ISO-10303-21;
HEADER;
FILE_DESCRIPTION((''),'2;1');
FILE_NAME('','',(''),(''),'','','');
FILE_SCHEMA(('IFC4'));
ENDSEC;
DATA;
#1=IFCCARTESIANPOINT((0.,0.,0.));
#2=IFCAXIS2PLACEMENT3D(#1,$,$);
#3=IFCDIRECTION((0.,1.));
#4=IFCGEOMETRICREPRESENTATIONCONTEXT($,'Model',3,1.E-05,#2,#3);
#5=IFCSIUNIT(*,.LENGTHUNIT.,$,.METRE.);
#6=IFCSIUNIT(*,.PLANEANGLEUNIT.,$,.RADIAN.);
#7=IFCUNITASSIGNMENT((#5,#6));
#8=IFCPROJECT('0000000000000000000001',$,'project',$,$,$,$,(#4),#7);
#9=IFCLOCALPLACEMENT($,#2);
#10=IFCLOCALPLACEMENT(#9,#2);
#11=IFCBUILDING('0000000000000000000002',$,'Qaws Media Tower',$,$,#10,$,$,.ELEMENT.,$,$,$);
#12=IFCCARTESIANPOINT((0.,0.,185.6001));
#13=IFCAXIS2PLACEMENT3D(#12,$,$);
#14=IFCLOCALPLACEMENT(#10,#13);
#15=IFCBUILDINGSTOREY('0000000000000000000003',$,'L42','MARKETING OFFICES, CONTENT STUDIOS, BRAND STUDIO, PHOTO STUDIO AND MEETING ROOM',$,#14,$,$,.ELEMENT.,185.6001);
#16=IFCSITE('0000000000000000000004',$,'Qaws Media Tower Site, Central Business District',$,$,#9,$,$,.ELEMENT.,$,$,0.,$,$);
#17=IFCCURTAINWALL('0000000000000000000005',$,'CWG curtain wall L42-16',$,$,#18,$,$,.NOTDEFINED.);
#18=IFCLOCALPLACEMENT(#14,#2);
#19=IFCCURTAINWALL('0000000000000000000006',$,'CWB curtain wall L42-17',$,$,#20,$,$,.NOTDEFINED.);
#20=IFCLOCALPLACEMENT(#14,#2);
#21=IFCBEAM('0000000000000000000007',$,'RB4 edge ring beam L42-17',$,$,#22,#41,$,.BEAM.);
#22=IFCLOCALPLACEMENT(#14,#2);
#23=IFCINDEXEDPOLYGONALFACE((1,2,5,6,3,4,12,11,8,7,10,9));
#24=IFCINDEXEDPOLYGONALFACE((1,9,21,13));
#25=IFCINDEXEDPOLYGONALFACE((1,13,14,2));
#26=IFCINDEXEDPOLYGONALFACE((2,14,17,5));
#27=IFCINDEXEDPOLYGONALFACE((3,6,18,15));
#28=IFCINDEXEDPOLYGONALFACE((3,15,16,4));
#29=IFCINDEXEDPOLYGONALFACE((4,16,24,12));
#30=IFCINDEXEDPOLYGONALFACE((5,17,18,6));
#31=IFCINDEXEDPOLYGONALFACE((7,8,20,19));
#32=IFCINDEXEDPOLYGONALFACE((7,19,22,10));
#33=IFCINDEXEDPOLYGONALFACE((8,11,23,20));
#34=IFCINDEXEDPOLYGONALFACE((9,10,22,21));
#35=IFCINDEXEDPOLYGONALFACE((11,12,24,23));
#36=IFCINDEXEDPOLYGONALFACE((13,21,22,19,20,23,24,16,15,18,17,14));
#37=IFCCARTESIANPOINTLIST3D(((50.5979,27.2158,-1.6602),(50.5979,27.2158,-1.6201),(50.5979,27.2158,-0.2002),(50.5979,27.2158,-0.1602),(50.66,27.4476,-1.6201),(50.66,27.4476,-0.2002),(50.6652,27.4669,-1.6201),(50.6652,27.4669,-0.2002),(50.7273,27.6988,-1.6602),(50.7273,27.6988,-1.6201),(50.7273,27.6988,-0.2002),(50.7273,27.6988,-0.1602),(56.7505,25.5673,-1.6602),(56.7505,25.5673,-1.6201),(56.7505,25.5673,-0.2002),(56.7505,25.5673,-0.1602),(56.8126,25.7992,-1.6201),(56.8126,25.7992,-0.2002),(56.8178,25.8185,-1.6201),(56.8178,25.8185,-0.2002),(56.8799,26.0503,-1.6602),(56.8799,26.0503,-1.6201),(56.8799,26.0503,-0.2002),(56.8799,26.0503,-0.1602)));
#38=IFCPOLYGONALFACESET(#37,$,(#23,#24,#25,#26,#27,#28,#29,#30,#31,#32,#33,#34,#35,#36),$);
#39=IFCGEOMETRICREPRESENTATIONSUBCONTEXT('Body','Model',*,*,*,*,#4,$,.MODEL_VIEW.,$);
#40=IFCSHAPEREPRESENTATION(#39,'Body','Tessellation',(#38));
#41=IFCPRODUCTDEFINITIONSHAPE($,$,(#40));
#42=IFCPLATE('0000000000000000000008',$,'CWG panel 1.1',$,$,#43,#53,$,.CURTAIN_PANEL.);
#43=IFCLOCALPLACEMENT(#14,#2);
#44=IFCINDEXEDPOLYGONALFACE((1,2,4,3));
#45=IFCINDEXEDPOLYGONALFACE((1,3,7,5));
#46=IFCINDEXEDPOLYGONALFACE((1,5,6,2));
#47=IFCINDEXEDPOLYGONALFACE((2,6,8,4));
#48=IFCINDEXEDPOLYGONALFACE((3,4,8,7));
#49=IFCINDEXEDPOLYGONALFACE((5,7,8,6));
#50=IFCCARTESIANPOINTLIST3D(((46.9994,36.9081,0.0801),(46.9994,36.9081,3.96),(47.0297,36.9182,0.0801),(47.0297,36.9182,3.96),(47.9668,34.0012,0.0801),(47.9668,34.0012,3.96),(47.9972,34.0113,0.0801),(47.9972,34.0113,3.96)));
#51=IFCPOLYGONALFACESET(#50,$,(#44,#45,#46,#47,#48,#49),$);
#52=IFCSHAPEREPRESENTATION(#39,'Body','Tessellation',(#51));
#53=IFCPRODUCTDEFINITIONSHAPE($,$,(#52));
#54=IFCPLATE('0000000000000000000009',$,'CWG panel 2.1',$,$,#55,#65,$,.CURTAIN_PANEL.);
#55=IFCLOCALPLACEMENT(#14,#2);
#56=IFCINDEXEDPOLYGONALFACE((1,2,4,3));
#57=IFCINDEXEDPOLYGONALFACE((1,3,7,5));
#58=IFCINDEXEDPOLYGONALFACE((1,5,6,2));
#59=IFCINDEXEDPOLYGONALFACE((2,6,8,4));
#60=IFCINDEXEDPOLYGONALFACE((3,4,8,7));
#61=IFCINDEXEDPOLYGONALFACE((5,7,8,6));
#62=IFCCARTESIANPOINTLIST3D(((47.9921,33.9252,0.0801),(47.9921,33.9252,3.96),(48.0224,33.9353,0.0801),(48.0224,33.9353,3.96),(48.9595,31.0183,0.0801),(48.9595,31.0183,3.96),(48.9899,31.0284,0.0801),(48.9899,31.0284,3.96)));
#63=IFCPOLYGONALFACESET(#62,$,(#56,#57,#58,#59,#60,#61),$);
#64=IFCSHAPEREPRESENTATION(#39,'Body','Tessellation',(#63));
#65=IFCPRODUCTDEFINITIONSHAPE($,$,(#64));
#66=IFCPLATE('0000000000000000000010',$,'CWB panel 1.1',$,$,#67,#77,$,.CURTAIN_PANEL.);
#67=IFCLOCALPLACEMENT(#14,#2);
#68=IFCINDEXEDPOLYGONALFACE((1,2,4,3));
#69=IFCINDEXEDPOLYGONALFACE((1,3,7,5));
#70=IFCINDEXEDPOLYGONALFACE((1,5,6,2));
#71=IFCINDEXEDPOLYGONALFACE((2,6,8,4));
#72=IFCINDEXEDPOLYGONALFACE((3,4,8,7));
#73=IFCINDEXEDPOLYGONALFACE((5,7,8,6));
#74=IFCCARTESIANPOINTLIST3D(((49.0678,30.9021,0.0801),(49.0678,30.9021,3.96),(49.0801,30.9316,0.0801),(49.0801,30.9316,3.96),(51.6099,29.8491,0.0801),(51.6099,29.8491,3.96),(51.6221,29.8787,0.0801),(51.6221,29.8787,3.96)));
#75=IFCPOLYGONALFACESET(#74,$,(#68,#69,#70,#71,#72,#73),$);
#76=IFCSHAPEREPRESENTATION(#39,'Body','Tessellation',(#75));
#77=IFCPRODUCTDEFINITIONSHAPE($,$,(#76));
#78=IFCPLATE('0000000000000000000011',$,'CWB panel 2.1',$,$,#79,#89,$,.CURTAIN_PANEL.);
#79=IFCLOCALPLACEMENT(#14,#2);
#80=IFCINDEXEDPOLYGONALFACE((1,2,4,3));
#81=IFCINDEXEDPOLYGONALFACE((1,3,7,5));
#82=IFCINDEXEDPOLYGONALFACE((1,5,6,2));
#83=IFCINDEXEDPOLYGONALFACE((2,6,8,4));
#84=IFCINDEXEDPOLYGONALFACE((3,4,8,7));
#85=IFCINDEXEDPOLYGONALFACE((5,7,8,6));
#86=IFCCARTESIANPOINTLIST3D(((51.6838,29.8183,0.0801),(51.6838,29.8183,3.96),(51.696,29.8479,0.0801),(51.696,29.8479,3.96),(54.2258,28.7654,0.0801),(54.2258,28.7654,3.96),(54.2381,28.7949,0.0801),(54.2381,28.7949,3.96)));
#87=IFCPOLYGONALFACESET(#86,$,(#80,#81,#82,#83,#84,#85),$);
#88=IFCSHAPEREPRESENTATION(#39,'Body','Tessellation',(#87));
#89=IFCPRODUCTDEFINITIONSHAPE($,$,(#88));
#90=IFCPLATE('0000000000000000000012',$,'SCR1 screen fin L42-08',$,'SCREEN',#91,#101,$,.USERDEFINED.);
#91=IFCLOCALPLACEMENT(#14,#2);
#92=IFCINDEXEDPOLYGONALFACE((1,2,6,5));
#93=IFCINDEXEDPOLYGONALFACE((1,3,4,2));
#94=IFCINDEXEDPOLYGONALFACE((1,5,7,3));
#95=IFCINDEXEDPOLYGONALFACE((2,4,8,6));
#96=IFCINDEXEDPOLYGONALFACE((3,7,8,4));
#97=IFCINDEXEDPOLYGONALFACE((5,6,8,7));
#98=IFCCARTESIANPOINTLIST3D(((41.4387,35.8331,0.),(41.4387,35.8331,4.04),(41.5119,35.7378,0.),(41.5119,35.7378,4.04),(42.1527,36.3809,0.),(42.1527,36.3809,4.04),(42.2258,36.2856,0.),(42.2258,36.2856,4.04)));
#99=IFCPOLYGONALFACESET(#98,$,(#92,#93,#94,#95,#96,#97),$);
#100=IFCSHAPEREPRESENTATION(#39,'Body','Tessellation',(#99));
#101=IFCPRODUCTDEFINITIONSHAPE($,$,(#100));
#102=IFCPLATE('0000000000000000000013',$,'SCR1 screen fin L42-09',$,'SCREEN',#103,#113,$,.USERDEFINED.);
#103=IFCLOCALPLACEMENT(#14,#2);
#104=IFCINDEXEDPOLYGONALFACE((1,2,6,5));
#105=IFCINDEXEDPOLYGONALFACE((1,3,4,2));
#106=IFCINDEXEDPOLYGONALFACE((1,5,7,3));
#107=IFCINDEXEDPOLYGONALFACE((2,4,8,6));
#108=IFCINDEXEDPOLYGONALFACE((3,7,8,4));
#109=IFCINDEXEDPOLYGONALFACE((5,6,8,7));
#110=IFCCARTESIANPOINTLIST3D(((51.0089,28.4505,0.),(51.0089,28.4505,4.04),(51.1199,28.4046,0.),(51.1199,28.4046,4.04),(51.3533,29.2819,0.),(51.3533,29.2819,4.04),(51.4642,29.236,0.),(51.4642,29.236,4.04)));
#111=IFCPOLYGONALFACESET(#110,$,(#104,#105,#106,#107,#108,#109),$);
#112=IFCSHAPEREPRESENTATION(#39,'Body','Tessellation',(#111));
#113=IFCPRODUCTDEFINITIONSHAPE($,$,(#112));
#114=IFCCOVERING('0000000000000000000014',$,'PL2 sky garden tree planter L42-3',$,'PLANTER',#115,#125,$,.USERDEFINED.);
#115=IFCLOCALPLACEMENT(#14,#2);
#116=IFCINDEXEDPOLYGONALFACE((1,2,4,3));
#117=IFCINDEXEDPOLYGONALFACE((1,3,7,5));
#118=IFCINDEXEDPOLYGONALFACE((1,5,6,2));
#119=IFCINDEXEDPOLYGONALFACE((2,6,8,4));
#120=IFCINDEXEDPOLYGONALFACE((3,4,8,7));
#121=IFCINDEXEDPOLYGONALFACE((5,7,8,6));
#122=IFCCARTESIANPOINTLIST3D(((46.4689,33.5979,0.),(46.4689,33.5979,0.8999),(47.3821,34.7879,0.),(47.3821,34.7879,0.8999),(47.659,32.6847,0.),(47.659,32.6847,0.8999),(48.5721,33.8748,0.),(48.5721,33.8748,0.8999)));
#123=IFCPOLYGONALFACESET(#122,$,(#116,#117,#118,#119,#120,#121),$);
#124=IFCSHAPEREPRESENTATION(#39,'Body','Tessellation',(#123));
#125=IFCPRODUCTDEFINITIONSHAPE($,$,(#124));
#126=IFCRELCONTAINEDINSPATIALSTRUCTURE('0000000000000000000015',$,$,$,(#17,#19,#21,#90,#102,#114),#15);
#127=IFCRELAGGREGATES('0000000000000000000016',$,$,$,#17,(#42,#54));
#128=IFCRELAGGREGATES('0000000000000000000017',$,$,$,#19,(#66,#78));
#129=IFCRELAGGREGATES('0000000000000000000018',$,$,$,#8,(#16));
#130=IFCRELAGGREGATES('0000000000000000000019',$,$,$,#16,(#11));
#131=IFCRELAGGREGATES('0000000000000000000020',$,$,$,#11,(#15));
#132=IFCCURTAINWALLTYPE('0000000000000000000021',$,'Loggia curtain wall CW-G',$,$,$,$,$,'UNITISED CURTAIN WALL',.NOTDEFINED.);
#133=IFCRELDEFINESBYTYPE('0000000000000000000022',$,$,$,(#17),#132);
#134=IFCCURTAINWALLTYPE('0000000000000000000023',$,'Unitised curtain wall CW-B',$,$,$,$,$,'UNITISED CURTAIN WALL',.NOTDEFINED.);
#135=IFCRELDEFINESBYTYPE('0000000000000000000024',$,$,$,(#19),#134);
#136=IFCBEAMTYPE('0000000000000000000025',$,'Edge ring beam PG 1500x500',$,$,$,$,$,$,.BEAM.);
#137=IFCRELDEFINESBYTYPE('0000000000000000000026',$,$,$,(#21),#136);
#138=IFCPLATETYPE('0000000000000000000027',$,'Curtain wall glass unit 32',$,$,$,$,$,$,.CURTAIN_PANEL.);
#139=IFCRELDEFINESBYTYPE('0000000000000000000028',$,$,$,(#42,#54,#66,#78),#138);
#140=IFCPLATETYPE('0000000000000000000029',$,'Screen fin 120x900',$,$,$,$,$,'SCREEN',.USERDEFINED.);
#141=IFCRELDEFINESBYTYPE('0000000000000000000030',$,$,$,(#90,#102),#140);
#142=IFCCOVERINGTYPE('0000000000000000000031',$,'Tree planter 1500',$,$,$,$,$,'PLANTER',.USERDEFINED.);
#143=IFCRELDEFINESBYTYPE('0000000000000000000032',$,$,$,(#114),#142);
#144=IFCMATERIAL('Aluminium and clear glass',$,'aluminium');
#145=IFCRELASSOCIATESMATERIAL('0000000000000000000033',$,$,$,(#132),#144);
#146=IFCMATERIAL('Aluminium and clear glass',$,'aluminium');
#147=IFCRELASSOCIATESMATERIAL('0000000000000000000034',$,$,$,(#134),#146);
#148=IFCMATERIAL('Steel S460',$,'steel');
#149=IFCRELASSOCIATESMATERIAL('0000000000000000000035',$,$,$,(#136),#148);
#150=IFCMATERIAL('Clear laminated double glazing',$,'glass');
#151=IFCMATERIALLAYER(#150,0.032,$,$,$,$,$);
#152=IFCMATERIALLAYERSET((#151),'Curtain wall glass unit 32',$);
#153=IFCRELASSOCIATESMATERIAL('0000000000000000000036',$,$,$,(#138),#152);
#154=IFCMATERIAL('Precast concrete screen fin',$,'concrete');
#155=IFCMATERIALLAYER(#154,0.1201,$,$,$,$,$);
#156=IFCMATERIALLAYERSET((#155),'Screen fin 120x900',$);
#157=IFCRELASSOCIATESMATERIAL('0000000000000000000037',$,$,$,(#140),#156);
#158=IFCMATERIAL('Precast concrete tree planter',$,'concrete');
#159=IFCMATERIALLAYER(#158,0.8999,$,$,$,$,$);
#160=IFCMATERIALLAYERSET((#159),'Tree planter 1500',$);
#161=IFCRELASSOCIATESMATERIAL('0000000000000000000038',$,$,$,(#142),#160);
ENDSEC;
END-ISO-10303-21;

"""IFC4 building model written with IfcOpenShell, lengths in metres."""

from ifc_helpers import new_model, si_unit, direction, frame, origin, origin_2d, place, context, subcontext, project, spatial, rectangle, i_section, extrude, material, layer, layer_set, material_profile, profile_set, type_object, element, aggregate, save


model = new_model("IFC4")

# Units and contexts
model_context = context("Model", 3, precision=1e-05, world=origin(), true_north=direction((0.0, 1.0)))
body_context = subcontext(model_context, "Body", "Model", "MODEL_VIEW")
ifc_project = project(units=[si_unit("LENGTHUNIT", "METRE"), si_unit("PLANEANGLEUNIT", "RADIAN")], contexts=[model_context])

# Site, building, storey
site_placement = place(None, origin())
site = spatial("IfcSite", under=ifc_project, at=site_placement, Name="Qaws Media Tower Site, Central Business District", CompositionType="ELEMENT", RefElevation=0.0)
building_placement = place(site_placement, origin())
building = spatial("IfcBuilding", under=site, at=building_placement, Name="Qaws Media Tower", CompositionType="ELEMENT")
storey_placement = place(building_placement, frame((0.0, 0.0, 185.6001)))
storey = spatial("IfcBuildingStorey", under=building, at=storey_placement, Name="L42", Description="MARKETING OFFICES, CONTENT STUDIOS, BRAND STUDIO, PHOTO STUDIO AND MEETING ROOM", CompositionType="ELEMENT", Elevation=185.6001)

# Curtain walls
ifc_material_1 = material(Name="Aluminium and clear glass", Category="aluminium")
curtain_wall_type_1 = type_object("IfcCurtainWallType", Name="Loggia curtain wall CW-G", ElementType="UNITISED CURTAIN WALL", PredefinedType="NOTDEFINED", material=ifc_material_1)
curtain_wall_1_placement = place(storey_placement, origin())
curtain_wall_1 = element("IfcCurtainWall", 1, at=curtain_wall_1_placement, inside=storey, type_object=curtain_wall_type_1, Name="CWG curtain wall L42-16", PredefinedType="NOTDEFINED")
ifc_material_2 = material(Name="Aluminium and clear glass", Category="aluminium")
curtain_wall_type_2 = type_object("IfcCurtainWallType", Name="Unitised curtain wall CW-B", ElementType="UNITISED CURTAIN WALL", PredefinedType="NOTDEFINED", material=ifc_material_2)
curtain_wall_2_placement = place(storey_placement, origin())
curtain_wall_2 = element("IfcCurtainWall", 2, at=curtain_wall_2_placement, inside=storey, type_object=curtain_wall_type_2, Name="CWB curtain wall L42-17", PredefinedType="NOTDEFINED")

# Beam
ifc_material_3 = material(Name="Steel S460", Category="steel")
ifc_material_profile_1 = material_profile(ifc_material_3, i_section(OverallWidth=0.5, OverallDepth=1.5, WebThickness=0.02, FlangeThickness=0.04, at=origin_2d()), Name="PG 1500x500")
ifc_profile_set_1 = profile_set([ifc_material_profile_1], Name="Steel S460")
beam_type = type_object("IfcBeamType", Name="Edge ring beam PG 1500x500", PredefinedType="BEAM", material=ifc_profile_set_1)
for number, where, z_axis, x_axis, name in (
    (3, (50.6626, 27.4573, -0.9102), (0.965931, -0.258798, 0.0), (0.258798, 0.965931, 0.0), "RB4 edge ring beam L42-17"),
):
    element("IfcBeam", number, at=place(storey_placement, frame(where, z_axis=z_axis, x_axis=x_axis)), inside=storey, type_object=beam_type, Name=name, PredefinedType="BEAM", context=body_context, shape_type="SweptSolid", body=[
        extrude(i_section(OverallWidth=0.5, OverallDepth=1.5, WebThickness=0.02, FlangeThickness=0.04, at=origin_2d()), origin(), (0.0, 0.0, 1.0), 6.3696),
    ])

# Plates
ifc_material_4 = material(Name="Clear laminated double glazing", Category="glass")
ifc_layer_1 = layer(ifc_material_4, 0.032)
ifc_layer_set_1 = layer_set([ifc_layer_1], Name="Curtain wall glass unit 32")
plate_type_1 = type_object("IfcPlateType", Name="Curtain wall glass unit 32", PredefinedType="CURTAIN_PANEL", material=ifc_layer_set_1)
plate_1_placement = place(storey_placement, frame((47.4983, 35.4597, 0.0801), z_axis=(0.0, 0.0, 1.0), x_axis=(0.31578, -0.948832, 0.0)))
plate_1 = element("IfcPlate", 4, at=plate_1_placement, type_object=plate_type_1, Name="CWG panel 1.1", PredefinedType="CURTAIN_PANEL", context=body_context, shape_type="SweptSolid", body=[
    extrude(rectangle(XDim=3.0637, YDim=0.032, at=origin_2d()), origin(), (0.0, 0.0, 1.0), 3.8799),
])
plate_2_placement = place(storey_placement, frame((48.491, 32.4768, 0.0801), z_axis=(0.0, 0.0, 1.0), x_axis=(0.31578, -0.948832, 0.0)))
plate_2 = element("IfcPlate", 5, at=plate_2_placement, type_object=plate_type_1, Name="CWG panel 2.1", PredefinedType="CURTAIN_PANEL", context=body_context, shape_type="SweptSolid", body=[
    extrude(rectangle(XDim=3.0637, YDim=0.032, at=origin_2d()), origin(), (0.0, 0.0, 1.0), 3.8799),
])
aggregate(curtain_wall_1, [plate_1, plate_2])
plate_3_placement = place(storey_placement, frame((50.345, 30.3904, 0.0801), z_axis=(0.0, 0.0, 1.0), x_axis=(0.92388, -0.382683, 0.0)))
plate_3 = element("IfcPlate", 6, at=plate_3_placement, type_object=plate_type_1, Name="CWB panel 1.1", PredefinedType="CURTAIN_PANEL", context=body_context, shape_type="SweptSolid", body=[
    extrude(rectangle(XDim=2.7515, YDim=0.032, at=origin_2d()), origin(), (0.0, 0.0, 1.0), 3.8799),
])
plate_4_placement = place(storey_placement, frame((52.9609, 29.3066, 0.0801), z_axis=(0.0, 0.0, 1.0), x_axis=(0.92388, -0.382683, 0.0)))
plate_4 = element("IfcPlate", 7, at=plate_4_placement, type_object=plate_type_1, Name="CWB panel 2.1", PredefinedType="CURTAIN_PANEL", context=body_context, shape_type="SweptSolid", body=[
    extrude(rectangle(XDim=2.7515, YDim=0.032, at=origin_2d()), origin(), (0.0, 0.0, 1.0), 3.8799),
])
aggregate(curtain_wall_2, [plate_3, plate_4])

# Plates
ifc_material_5 = material(Name="Precast concrete screen fin", Category="concrete")
ifc_layer_2 = layer(ifc_material_5, 0.1201)
ifc_layer_set_2 = layer_set([ifc_layer_2], Name="Screen fin 120x900")
plate_type_2 = type_object("IfcPlateType", Name="Screen fin 120x900", ElementType="SCREEN", PredefinedType="USERDEFINED", material=ifc_layer_set_2)
for number, where, z_axis, x_axis, name in (
    (8, (41.8323, 36.0593, 0.0), (0.0, 0.0, 1.0), (-0.793353, -0.608761, 0.0), "SCR1 screen fin L42-08"),
    (9, (51.2366, 28.8433, 0.0), (0.0, 0.0, 1.0), (-0.382683, -0.92388, 0.0), "SCR1 screen fin L42-09"),
):
    element("IfcPlate", number, at=place(storey_placement, frame(where, z_axis=z_axis, x_axis=x_axis)), inside=storey, type_object=plate_type_2, Name=name, ObjectType="SCREEN", PredefinedType="USERDEFINED", context=body_context, shape_type="SweptSolid", body=[
        extrude(rectangle(XDim=0.8999, YDim=0.1201, at=origin_2d()), origin(), (0.0, 0.0, 1.0), 4.04),
    ])

# Covering
ifc_material_6 = material(Name="Precast concrete tree planter", Category="concrete")
ifc_layer_3 = layer(ifc_material_6, 0.8999)
ifc_layer_set_3 = layer_set([ifc_layer_3], Name="Tree planter 1500")
covering_type = type_object("IfcCoveringType", Name="Tree planter 1500", ElementType="PLANTER", PredefinedType="USERDEFINED", material=ifc_layer_set_3)
covering_placement = place(storey_placement, frame((47.5205, 33.7363, 0.0), z_axis=(0.0, 0.0, 1.0), x_axis=(-0.608761, -0.793353, 0.0)))
element("IfcCovering", 10, at=covering_placement, inside=storey, type_object=covering_type, Name="PL2 sky garden tree planter L42-3", ObjectType="PLANTER", PredefinedType="USERDEFINED", context=body_context, shape_type="SweptSolid", body=[
    extrude(rectangle(XDim=1.5, YDim=1.5, at=origin_2d()), origin(), (0.0, 0.0, 1.0), 0.8999),
])

save(model, "model.ifc")
